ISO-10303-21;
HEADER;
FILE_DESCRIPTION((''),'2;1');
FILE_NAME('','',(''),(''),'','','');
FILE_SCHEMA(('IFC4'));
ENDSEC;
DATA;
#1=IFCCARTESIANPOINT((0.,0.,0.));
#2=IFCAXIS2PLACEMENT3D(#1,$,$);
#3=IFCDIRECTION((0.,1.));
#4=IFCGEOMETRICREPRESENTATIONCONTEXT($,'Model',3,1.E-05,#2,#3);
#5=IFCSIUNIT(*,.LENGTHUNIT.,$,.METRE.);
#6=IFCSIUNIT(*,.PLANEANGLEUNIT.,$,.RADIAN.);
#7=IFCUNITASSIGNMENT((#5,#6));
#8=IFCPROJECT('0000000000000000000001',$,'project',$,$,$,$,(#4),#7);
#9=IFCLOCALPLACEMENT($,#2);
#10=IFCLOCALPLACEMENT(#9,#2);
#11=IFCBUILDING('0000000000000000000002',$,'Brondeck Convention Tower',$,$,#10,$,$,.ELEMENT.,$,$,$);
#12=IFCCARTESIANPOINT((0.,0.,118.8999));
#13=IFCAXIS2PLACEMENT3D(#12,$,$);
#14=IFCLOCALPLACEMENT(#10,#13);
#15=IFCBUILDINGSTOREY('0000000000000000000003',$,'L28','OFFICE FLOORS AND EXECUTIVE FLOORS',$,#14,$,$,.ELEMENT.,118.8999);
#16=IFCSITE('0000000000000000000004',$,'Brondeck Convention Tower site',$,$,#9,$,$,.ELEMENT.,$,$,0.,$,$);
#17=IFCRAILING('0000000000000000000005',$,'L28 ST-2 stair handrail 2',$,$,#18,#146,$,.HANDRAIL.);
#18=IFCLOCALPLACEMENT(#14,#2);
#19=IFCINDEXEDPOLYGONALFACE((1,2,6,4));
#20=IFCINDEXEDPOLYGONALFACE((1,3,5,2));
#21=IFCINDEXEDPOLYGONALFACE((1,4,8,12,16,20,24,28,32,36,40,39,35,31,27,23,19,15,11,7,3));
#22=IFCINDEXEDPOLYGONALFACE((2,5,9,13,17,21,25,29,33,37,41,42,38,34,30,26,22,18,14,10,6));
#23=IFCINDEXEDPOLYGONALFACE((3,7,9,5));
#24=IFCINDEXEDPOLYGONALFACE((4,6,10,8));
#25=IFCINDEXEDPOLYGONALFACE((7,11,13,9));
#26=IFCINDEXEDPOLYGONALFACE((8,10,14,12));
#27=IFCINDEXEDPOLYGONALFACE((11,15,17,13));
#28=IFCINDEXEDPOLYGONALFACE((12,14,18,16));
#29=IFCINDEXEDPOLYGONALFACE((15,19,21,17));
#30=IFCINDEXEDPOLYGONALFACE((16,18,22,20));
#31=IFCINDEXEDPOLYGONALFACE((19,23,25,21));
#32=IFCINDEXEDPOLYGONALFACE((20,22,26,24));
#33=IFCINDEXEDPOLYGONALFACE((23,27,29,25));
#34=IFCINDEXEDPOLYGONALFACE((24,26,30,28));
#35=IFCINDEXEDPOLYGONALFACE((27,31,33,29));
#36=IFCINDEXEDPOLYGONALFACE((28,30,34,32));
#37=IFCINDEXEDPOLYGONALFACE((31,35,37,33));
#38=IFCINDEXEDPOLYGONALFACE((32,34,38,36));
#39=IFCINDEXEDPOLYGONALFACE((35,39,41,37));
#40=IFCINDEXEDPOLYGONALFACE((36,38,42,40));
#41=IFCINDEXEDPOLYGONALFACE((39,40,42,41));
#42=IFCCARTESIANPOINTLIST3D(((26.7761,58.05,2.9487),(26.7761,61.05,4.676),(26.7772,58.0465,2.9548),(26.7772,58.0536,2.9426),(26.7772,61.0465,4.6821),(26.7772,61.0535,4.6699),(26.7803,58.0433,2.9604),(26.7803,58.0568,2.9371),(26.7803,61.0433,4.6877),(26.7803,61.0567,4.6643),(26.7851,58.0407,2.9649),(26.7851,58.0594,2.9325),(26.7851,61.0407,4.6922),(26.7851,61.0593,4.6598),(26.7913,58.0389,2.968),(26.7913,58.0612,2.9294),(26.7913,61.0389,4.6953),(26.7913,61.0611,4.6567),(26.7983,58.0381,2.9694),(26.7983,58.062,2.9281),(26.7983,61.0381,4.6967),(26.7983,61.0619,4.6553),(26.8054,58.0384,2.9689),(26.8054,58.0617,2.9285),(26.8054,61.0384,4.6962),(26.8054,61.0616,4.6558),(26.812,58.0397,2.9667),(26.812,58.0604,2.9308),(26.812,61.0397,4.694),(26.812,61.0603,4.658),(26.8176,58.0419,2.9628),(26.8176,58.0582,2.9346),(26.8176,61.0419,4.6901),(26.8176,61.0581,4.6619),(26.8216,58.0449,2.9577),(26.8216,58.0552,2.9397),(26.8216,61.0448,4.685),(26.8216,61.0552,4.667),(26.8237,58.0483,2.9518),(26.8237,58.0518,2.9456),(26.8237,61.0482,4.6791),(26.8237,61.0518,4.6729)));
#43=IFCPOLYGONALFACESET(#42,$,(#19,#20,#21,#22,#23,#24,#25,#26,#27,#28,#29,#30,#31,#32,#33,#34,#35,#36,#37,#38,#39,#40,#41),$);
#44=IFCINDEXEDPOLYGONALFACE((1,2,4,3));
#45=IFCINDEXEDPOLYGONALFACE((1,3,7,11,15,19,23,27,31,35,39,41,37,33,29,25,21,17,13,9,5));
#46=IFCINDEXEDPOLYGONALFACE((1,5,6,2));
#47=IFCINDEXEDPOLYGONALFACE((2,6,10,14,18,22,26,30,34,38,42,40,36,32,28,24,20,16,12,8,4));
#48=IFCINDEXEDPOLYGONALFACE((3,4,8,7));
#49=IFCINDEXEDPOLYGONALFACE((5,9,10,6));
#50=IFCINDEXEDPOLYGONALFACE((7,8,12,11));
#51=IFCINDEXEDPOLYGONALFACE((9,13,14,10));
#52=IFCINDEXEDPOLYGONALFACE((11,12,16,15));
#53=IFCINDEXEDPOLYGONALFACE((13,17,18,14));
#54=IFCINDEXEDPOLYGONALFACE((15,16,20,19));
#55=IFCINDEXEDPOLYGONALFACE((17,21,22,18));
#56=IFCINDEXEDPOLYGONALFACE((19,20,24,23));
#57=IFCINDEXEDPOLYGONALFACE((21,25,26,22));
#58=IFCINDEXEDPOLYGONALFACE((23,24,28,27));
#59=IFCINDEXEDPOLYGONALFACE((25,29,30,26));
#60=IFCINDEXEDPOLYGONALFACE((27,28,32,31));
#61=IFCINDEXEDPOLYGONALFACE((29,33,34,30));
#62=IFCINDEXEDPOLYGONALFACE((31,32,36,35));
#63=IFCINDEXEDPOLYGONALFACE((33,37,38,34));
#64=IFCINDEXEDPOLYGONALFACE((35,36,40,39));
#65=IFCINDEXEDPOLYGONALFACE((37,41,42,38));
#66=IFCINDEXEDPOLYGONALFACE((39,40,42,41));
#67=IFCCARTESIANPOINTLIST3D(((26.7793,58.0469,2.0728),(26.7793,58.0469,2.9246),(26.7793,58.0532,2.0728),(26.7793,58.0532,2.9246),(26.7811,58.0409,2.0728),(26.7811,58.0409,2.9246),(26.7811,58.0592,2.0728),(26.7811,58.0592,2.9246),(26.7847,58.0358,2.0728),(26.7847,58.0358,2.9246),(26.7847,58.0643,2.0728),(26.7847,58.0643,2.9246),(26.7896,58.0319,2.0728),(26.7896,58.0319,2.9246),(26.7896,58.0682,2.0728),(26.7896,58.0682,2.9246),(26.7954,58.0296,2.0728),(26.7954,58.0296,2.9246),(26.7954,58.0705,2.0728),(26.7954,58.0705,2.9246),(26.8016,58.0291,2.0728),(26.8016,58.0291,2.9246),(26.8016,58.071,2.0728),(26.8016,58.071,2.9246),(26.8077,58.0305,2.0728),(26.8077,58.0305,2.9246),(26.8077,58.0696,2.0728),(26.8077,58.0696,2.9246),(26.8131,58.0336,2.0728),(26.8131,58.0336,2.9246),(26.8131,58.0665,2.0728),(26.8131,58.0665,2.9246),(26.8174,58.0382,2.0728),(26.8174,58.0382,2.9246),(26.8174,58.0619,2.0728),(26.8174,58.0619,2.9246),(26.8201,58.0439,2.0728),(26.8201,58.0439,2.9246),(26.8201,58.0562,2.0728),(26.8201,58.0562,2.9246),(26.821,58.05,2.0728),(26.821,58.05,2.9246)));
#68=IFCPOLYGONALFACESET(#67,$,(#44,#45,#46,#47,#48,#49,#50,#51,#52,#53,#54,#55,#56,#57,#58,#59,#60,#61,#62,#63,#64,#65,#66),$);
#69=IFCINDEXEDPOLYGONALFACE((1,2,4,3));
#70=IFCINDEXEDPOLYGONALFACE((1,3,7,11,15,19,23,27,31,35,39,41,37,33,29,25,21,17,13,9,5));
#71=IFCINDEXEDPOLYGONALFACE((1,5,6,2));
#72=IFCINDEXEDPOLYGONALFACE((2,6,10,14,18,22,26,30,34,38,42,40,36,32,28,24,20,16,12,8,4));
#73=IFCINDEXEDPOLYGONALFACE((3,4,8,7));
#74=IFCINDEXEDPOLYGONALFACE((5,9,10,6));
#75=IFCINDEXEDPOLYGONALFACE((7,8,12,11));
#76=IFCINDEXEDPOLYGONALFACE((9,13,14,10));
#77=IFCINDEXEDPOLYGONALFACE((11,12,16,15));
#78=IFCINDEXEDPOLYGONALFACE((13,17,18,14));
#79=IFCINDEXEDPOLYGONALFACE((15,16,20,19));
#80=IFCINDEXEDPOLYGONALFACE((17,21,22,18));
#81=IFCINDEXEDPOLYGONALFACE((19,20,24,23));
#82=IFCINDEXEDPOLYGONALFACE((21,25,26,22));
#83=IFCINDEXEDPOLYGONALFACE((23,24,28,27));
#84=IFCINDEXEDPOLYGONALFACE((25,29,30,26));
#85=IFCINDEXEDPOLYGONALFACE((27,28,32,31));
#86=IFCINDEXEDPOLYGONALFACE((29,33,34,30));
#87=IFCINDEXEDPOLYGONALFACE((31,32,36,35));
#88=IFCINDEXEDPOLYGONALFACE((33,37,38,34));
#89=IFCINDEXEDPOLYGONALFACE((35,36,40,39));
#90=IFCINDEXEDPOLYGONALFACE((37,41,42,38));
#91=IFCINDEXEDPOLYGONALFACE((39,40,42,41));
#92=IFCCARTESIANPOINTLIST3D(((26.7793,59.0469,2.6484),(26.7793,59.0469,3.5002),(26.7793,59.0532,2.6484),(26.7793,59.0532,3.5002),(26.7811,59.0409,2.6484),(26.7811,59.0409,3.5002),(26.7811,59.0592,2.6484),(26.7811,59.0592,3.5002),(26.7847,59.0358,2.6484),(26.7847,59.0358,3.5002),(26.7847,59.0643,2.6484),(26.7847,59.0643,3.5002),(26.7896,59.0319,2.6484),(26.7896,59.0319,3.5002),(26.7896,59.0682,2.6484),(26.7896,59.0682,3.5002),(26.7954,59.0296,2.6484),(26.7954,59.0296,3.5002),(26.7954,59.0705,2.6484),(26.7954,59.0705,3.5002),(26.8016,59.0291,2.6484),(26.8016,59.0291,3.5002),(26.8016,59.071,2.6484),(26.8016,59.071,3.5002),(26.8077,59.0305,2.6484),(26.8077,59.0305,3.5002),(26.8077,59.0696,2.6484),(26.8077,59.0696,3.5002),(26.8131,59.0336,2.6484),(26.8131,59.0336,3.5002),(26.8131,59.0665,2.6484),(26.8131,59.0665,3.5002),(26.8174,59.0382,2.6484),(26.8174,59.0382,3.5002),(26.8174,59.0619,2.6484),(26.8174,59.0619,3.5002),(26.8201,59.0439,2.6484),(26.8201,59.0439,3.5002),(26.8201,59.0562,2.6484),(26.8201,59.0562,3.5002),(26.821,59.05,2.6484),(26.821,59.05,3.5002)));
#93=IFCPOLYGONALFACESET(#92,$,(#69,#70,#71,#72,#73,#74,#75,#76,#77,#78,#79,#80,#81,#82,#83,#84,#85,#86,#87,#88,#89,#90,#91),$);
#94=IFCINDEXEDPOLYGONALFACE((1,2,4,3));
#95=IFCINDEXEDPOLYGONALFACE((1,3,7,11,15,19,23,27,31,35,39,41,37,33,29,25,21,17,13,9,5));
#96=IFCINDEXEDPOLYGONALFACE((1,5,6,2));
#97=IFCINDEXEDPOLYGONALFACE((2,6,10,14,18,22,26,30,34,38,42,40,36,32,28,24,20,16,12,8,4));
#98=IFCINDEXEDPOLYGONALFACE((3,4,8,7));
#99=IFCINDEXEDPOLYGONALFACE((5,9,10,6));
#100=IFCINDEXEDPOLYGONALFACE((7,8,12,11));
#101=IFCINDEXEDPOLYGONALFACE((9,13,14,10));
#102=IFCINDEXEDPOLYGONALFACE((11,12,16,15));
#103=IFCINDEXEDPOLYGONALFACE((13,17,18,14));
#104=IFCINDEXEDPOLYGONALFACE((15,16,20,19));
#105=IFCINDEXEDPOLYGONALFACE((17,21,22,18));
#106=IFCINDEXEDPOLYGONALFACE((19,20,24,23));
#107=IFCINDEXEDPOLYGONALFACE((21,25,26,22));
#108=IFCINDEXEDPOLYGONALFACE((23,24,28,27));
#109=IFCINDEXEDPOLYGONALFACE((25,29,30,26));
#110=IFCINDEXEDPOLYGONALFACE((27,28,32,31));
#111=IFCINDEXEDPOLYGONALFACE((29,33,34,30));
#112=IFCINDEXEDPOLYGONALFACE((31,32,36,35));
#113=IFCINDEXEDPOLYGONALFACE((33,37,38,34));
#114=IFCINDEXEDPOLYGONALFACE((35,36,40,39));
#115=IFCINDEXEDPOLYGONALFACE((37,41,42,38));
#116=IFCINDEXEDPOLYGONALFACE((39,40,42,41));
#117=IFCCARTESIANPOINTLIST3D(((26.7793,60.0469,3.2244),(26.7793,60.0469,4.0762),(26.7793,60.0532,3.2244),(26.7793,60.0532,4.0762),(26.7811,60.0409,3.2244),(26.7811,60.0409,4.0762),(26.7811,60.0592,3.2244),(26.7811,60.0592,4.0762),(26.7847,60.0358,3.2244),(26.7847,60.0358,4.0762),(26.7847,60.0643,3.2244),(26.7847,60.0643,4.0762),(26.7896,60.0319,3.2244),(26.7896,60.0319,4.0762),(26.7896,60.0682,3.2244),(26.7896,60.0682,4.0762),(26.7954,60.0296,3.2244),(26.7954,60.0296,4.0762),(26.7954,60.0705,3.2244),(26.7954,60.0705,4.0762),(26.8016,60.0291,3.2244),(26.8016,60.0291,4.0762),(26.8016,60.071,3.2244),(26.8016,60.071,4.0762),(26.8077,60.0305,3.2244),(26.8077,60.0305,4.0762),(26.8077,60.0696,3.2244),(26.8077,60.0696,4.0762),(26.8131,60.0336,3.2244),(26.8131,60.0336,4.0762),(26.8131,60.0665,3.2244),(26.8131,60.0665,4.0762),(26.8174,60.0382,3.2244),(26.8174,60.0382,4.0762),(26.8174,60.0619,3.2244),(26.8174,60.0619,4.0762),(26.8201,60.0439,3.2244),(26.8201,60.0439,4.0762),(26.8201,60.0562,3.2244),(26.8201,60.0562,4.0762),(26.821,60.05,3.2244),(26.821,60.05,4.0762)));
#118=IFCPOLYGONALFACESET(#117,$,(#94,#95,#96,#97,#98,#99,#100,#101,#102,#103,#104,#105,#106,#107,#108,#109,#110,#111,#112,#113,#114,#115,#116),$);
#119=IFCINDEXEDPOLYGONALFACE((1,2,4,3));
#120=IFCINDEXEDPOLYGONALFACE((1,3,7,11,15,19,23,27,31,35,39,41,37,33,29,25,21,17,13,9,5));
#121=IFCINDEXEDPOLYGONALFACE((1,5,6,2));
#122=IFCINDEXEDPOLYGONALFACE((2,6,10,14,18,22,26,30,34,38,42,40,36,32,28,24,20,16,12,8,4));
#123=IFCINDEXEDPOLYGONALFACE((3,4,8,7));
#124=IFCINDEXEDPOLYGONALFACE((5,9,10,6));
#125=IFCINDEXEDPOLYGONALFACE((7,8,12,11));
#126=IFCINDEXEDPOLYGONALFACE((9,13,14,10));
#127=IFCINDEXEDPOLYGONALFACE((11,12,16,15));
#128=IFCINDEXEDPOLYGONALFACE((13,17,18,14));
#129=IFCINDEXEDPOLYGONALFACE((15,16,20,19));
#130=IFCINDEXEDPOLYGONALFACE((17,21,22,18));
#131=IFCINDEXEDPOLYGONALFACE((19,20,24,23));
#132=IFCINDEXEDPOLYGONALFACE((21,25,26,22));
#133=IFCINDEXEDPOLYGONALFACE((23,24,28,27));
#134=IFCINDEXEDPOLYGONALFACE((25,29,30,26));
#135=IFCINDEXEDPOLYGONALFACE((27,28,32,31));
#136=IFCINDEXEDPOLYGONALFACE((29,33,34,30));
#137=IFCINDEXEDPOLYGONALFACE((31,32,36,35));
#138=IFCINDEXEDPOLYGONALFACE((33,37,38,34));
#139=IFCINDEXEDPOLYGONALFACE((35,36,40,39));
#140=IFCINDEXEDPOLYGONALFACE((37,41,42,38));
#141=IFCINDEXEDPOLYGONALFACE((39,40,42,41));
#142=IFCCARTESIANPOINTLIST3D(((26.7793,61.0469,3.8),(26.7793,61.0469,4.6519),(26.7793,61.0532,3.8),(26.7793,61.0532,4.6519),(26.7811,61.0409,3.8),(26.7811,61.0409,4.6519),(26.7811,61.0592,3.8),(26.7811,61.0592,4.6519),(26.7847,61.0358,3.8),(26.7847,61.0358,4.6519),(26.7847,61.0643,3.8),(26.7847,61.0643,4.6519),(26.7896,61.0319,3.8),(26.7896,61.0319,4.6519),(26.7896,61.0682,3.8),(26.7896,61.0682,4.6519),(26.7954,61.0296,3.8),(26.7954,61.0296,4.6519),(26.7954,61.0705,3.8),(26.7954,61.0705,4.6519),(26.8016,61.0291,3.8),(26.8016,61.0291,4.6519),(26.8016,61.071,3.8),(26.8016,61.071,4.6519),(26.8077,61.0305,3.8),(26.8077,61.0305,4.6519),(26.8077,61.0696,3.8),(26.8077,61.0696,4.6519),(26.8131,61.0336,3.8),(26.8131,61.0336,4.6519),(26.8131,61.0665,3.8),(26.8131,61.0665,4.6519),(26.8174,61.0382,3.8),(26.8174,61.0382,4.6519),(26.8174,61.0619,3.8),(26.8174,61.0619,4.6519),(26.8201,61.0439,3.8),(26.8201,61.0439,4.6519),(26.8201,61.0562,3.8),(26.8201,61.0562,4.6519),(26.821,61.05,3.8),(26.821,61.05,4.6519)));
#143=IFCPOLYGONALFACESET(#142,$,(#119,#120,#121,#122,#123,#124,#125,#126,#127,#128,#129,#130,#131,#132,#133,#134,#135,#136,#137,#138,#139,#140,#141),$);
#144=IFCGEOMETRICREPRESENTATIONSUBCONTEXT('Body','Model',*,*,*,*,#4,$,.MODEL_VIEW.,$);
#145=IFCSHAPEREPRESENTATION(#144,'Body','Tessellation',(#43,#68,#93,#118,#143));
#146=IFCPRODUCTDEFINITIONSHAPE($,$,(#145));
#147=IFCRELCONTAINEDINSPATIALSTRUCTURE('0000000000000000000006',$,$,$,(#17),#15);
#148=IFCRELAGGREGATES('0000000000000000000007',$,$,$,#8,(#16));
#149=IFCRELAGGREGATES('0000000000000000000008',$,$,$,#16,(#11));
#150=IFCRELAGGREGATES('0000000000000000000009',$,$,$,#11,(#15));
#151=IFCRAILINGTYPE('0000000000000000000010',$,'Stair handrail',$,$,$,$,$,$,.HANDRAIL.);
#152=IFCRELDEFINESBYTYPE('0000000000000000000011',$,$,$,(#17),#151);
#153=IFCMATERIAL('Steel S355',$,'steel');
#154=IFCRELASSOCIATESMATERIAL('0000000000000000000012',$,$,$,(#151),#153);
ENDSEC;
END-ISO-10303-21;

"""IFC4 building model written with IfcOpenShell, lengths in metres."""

from ifc_helpers import new_model, si_unit, direction, frame, origin, origin_2d, place, context, subcontext, project, spatial, circle, extrude, material, type_object, element, save


model = new_model("IFC4")

# Units and contexts
model_context = context("Model", 3, precision=1e-05, world=origin(), true_north=direction((0.0, 1.0)))
body_context = subcontext(model_context, "Body", "Model", "MODEL_VIEW")
ifc_project = project(units=[si_unit("LENGTHUNIT", "METRE"), si_unit("PLANEANGLEUNIT", "RADIAN")], contexts=[model_context])

# Site, building, storey
site_placement = place(None, origin())
site = spatial("IfcSite", under=ifc_project, at=site_placement, Name="Brondeck Convention Tower site", CompositionType="ELEMENT", RefElevation=0.0)
building_placement = place(site_placement, origin())
building = spatial("IfcBuilding", under=site, at=building_placement, Name="Brondeck Convention Tower", CompositionType="ELEMENT")
storey_placement = place(building_placement, frame((0.0, 0.0, 118.8999)))
storey = spatial("IfcBuildingStorey", under=building, at=storey_placement, Name="L28", Description="OFFICE FLOORS AND EXECUTIVE FLOORS", CompositionType="ELEMENT", Elevation=118.8999)

# Shared definitions
ifc_material_1 = material(Name="Steel S355", Category="steel")

# Railing
railing_type_1 = type_object("IfcRailingType", Name="Stair handrail", PredefinedType="HANDRAIL", material=ifc_material_1)
railing_1_placement = place(storey_placement, frame((26.8, 58.05, 2.0728)))
element("IfcRailing", 1, at=railing_1_placement, inside=storey, type_object=railing_type_1, Name="L28 ST-2 stair handrail 2", PredefinedType="HANDRAIL", context=body_context, shape_type="SweptSolid", body=[
    extrude(circle(Radius=0.0239, at=origin_2d()), frame((0.0, 0.0, 0.876), z_axis=(0.0, 0.86662, 0.498969), x_axis=(-1.0, 0.0, 0.0)), (0.0, 0.0, 1.0), 3.4617),
    extrude(circle(Radius=0.021, at=origin_2d()), origin(), (0.0, 0.0, 1.0), 0.8518),
    extrude(circle(Radius=0.021, at=origin_2d()), frame((0.0, 1.0, 0.5757)), (0.0, 0.0, 1.0), 0.8518),
    extrude(circle(Radius=0.021, at=origin_2d()), frame((0.0, 2.0, 1.1516)), (0.0, 0.0, 1.0), 0.8518),
    extrude(circle(Radius=0.021, at=origin_2d()), frame((0.0, 3.0, 1.7273)), (0.0, 0.0, 1.0), 0.8518),
])

save(model, "model.ifc")
